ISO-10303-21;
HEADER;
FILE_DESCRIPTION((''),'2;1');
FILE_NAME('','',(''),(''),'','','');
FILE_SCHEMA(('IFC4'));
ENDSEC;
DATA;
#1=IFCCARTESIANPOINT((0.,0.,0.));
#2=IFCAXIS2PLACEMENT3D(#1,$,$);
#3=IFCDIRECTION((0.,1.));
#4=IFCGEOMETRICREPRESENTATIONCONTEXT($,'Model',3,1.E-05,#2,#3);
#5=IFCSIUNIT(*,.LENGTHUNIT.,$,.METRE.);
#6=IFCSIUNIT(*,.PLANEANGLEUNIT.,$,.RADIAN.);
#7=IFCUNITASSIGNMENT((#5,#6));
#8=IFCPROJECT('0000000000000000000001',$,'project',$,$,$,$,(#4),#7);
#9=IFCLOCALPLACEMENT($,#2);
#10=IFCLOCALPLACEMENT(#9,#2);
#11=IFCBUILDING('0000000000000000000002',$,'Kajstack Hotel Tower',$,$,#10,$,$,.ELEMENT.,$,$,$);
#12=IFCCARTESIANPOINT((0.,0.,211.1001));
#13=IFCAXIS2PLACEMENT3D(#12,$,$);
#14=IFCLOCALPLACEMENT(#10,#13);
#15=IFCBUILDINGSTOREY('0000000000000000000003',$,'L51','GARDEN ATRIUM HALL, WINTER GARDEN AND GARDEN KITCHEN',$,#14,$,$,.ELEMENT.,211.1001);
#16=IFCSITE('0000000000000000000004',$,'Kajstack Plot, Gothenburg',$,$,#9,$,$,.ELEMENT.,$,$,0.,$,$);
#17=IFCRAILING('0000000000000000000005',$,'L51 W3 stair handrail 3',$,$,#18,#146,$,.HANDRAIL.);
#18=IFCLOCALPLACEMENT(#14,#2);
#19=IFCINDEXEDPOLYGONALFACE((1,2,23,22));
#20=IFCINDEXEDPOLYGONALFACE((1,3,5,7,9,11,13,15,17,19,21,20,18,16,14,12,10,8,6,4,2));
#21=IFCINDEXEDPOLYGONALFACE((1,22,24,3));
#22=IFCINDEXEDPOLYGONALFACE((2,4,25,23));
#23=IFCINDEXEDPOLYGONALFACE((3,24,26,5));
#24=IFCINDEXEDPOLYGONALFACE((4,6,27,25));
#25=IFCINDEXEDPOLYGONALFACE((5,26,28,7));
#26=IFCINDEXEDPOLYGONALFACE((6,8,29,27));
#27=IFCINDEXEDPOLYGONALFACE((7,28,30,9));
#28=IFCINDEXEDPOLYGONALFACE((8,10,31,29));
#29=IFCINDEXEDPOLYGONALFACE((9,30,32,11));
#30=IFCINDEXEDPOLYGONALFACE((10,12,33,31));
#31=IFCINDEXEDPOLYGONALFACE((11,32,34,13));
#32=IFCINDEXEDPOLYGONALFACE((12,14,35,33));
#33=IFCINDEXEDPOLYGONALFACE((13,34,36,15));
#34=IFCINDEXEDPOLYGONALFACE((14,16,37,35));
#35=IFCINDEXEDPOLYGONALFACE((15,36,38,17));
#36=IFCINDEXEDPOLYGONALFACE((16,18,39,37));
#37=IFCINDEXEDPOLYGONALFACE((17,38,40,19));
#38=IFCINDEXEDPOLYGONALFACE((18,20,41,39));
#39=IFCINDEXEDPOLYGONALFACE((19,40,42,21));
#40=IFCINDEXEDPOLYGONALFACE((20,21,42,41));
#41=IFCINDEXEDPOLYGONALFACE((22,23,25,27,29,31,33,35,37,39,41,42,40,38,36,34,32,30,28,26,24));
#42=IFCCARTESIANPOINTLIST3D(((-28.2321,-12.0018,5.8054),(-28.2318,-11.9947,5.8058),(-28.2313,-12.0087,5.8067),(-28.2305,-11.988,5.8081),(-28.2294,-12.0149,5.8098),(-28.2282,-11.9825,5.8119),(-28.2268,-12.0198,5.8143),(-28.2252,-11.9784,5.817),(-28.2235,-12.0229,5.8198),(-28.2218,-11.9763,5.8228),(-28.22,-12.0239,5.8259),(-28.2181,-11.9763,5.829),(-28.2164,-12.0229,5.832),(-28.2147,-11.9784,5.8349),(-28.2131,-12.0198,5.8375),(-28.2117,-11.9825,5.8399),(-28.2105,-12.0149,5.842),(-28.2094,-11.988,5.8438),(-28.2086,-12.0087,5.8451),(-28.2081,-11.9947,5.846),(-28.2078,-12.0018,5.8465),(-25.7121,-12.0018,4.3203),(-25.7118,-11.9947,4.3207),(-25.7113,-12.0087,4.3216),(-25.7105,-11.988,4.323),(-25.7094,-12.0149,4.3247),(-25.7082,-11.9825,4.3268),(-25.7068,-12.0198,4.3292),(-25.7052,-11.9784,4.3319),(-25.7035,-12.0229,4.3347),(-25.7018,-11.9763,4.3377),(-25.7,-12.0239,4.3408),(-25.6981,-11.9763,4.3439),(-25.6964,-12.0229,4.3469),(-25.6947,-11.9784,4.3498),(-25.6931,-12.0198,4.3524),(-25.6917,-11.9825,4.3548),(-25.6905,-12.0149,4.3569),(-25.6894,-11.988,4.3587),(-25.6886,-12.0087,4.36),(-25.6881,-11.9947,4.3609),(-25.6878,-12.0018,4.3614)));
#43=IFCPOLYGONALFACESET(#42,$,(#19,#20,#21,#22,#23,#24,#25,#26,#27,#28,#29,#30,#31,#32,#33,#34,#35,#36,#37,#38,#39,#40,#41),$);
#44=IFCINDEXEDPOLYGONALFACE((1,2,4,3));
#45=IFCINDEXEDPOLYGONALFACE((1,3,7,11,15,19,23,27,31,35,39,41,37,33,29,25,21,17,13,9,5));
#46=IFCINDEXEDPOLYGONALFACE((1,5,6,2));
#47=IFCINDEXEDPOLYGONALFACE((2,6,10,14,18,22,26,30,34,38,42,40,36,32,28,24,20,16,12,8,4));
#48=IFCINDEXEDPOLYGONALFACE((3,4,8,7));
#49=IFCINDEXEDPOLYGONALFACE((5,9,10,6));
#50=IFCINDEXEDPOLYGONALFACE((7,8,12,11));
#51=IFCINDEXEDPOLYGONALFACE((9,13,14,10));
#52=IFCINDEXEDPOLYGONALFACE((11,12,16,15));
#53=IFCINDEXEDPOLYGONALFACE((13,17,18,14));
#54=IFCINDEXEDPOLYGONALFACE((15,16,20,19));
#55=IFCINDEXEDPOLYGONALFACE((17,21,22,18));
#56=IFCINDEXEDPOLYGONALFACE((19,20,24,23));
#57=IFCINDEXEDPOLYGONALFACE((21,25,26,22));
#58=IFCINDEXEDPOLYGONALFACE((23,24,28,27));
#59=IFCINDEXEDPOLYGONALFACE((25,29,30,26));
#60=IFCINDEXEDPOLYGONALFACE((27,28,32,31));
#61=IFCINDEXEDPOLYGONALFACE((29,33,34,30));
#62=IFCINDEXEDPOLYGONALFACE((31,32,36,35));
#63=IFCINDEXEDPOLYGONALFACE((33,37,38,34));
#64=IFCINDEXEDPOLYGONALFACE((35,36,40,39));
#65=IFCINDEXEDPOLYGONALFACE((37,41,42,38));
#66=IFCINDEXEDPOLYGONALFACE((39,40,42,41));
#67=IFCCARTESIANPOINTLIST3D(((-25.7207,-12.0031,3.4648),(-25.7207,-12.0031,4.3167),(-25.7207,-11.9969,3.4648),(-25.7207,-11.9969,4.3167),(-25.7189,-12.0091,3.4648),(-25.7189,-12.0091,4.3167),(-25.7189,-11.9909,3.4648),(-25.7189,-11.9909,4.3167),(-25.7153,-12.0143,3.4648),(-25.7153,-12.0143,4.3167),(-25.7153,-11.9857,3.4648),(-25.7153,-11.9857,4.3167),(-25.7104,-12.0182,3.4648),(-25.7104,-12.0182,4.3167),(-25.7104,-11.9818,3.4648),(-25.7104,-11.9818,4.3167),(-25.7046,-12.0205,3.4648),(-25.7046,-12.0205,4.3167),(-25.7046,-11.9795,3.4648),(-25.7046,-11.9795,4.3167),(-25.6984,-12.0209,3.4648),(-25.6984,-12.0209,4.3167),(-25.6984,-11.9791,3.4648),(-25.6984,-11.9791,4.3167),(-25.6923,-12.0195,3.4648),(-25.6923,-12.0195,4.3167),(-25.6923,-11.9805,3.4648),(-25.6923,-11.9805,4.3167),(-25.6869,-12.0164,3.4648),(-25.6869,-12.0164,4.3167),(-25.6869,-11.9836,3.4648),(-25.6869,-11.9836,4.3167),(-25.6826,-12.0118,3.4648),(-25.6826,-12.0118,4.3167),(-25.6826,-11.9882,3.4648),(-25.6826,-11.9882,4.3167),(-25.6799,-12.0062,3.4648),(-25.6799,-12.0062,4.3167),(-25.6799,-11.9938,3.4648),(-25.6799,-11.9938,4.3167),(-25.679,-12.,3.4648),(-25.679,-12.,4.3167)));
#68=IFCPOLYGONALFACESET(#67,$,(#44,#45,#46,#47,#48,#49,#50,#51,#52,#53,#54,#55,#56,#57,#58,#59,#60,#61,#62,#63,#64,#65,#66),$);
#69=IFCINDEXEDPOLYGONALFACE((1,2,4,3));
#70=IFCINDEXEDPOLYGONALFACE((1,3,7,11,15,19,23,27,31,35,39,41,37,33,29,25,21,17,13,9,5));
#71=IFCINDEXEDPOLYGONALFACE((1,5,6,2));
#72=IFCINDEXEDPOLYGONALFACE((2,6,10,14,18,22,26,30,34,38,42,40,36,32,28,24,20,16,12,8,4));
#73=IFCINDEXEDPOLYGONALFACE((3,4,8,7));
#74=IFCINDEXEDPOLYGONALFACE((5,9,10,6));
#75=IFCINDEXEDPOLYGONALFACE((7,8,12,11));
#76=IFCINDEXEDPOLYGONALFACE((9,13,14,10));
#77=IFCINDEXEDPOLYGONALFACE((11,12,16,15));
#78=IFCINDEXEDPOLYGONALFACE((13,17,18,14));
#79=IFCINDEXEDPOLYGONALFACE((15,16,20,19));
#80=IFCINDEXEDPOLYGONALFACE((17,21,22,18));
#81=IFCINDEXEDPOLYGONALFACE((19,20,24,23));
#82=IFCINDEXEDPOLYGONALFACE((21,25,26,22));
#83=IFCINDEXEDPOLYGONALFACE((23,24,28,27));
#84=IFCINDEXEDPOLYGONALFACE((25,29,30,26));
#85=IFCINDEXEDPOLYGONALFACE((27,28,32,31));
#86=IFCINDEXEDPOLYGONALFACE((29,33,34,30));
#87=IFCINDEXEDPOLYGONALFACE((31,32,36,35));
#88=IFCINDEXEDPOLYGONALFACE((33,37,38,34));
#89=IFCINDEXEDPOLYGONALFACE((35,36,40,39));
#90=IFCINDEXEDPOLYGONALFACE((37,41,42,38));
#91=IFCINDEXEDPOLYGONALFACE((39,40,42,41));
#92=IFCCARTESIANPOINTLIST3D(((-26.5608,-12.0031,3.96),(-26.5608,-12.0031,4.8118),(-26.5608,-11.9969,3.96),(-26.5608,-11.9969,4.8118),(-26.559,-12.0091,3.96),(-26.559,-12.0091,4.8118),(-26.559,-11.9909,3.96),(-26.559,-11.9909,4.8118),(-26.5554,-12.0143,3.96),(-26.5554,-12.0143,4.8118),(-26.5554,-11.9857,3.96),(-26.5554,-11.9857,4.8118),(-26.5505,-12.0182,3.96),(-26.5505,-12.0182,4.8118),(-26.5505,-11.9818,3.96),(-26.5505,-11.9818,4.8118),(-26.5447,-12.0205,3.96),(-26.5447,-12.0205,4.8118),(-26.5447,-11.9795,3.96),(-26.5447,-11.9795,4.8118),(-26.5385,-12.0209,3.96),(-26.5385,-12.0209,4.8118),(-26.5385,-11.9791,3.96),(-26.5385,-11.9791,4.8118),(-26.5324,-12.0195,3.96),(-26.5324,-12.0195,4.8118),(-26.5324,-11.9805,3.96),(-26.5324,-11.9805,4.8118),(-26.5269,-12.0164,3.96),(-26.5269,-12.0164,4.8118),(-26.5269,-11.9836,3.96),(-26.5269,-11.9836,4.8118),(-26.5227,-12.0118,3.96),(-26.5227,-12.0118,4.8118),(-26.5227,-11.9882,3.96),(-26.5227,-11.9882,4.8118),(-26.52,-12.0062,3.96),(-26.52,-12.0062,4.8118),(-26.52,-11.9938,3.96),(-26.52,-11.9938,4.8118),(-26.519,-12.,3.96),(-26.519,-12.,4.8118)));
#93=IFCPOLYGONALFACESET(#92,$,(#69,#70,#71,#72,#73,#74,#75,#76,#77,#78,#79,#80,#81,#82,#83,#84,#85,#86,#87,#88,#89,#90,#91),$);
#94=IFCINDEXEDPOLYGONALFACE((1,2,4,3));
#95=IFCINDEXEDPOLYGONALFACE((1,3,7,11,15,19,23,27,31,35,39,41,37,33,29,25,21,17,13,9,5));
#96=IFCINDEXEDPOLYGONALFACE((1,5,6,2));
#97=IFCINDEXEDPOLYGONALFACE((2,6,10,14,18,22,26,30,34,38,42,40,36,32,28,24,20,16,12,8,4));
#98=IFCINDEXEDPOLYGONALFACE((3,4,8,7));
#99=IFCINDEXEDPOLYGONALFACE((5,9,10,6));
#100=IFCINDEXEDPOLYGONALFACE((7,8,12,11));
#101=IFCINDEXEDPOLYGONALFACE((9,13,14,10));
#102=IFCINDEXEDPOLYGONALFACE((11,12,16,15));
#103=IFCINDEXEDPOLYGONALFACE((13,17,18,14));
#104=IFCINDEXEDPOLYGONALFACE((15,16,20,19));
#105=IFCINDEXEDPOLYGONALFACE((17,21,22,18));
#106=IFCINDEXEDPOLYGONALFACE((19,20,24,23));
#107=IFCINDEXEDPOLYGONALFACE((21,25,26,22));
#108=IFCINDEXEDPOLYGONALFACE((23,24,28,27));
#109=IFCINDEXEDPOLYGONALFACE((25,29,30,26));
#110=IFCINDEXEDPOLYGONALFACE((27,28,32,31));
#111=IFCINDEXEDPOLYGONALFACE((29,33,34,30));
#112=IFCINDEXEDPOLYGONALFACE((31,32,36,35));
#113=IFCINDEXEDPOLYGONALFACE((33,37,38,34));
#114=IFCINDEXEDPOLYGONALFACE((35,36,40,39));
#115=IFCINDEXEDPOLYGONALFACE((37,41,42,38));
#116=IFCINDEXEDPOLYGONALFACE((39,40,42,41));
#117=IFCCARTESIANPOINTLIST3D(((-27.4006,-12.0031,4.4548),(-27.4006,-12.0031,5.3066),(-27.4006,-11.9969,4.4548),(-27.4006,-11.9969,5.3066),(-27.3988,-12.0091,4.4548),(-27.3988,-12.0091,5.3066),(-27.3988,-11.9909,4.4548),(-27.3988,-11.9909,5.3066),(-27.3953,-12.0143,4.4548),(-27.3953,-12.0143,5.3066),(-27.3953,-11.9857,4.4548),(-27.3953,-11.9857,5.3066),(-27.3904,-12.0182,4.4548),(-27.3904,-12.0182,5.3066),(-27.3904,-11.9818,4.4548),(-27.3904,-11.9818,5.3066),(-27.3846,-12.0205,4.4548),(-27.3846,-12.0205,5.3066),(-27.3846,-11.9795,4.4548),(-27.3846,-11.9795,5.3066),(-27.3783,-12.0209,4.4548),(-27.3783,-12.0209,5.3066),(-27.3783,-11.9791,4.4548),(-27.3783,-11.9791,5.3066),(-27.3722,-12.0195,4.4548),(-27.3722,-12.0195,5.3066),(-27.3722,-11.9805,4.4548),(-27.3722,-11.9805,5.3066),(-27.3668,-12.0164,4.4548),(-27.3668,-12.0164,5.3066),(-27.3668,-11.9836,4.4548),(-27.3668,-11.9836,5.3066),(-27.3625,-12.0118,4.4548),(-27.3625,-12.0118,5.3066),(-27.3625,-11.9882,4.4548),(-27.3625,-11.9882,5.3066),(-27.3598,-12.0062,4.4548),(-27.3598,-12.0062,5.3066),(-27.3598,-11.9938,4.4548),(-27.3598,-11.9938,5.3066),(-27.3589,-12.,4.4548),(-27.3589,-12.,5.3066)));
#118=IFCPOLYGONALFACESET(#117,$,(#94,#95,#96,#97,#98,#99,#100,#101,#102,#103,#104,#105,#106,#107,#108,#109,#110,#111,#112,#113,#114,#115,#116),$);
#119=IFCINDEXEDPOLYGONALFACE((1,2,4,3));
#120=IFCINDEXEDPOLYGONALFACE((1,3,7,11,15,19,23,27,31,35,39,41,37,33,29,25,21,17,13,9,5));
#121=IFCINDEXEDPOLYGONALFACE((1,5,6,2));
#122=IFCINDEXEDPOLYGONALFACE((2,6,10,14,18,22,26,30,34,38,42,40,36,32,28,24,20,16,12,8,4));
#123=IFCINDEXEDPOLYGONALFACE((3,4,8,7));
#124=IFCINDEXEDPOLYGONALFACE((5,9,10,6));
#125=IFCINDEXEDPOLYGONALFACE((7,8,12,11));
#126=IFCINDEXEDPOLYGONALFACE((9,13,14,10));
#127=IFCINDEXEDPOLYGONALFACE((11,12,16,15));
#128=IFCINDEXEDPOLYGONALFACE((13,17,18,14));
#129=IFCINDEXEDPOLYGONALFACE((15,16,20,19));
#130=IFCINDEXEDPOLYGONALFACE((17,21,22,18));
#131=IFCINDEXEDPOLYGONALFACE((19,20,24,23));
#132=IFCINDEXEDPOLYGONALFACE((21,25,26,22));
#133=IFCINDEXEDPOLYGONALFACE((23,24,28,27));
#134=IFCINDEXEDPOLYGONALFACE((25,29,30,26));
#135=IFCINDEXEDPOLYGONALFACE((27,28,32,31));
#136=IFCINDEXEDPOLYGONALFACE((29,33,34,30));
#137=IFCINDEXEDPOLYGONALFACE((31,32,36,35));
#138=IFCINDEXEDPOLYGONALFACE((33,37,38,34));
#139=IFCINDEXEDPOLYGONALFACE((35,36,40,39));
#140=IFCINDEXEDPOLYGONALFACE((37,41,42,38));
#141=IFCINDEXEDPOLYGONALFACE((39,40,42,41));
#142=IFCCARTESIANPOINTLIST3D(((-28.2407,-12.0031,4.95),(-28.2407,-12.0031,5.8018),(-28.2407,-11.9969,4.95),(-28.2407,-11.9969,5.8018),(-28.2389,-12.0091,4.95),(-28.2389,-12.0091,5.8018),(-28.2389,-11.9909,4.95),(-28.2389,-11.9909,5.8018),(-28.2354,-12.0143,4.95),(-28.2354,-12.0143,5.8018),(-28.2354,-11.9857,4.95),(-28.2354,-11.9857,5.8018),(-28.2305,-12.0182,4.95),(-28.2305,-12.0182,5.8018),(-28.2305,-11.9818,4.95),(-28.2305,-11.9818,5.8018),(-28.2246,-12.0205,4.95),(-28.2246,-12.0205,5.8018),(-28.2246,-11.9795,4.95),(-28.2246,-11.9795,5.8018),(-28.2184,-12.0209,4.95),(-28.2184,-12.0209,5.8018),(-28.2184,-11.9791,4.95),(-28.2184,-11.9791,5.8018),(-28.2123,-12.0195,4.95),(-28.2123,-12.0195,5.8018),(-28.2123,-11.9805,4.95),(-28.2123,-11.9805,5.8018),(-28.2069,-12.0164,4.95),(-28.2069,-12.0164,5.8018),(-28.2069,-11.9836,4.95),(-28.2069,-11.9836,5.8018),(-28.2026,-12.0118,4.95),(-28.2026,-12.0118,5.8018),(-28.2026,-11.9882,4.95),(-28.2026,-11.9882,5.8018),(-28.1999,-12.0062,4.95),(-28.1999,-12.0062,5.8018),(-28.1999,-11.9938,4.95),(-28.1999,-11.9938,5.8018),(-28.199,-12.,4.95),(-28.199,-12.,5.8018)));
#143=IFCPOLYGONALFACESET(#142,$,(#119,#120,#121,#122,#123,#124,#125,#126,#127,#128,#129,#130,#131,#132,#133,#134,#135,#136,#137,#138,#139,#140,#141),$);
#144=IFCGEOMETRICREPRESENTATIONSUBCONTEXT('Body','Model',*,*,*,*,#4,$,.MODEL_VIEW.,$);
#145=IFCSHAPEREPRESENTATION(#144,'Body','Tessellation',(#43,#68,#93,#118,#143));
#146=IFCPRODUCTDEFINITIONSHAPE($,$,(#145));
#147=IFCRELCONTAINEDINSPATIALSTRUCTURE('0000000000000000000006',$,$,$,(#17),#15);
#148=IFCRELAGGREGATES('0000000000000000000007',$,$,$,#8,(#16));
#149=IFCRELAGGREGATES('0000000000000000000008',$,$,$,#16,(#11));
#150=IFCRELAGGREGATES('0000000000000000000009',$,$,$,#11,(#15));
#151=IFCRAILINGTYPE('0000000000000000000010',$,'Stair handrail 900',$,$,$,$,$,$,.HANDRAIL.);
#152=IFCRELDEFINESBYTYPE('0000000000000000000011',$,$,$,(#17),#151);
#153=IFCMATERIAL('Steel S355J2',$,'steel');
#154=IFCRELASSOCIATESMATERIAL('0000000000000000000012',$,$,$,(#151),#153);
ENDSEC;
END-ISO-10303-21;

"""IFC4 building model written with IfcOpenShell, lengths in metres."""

from ifc_helpers import new_model, si_unit, direction, frame, origin, origin_2d, place, context, subcontext, project, spatial, circle, extrude, material, type_object, element, save


model = new_model("IFC4")

# Units and contexts
model_context = context("Model", 3, precision=1e-05, world=origin(), true_north=direction((0.0, 1.0)))
body_context = subcontext(model_context, "Body", "Model", "MODEL_VIEW")
ifc_project = project(units=[si_unit("LENGTHUNIT", "METRE"), si_unit("PLANEANGLEUNIT", "RADIAN")], contexts=[model_context])

# Site, building, storey
site_placement = place(None, origin())
site = spatial("IfcSite", under=ifc_project, at=site_placement, Name="Kajstack Plot, Gothenburg", CompositionType="ELEMENT", RefElevation=0.0)
building_placement = place(site_placement, origin())
building = spatial("IfcBuilding", under=site, at=building_placement, Name="Kajstack Hotel Tower", CompositionType="ELEMENT")
storey_placement = place(building_placement, frame((0.0, 0.0, 211.1001)))
storey = spatial("IfcBuildingStorey", under=building, at=storey_placement, Name="L51", Description="GARDEN ATRIUM HALL, WINTER GARDEN AND GARDEN KITCHEN", CompositionType="ELEMENT", Elevation=211.1001)

# Railing
ifc_material_1 = material(Name="Steel S355J2", Category="steel")
railing_type = type_object("IfcRailingType", Name="Stair handrail 900", PredefinedType="HANDRAIL", material=ifc_material_1)
for number, where, name in (
    (1, (-25.7, -12.0, 3.4648), "L51 W3 stair handrail 3"),
):
    element("IfcRailing", number, at=place(storey_placement, frame(where)), inside=storey, type_object=railing_type, Name=name, PredefinedType="HANDRAIL", context=body_context, shape_type="SweptSolid", body=[
        extrude(circle(Radius=0.0239, at=origin_2d()), frame((0.0, 0.0, 0.876), z_axis=(-0.861524, 0.0, 0.507717), x_axis=(0.0, -1.0, 0.0)), (0.0, 0.0, 1.0), 2.925),
        extrude(circle(Radius=0.021, at=origin_2d()), origin(), (0.0, 0.0, 1.0), 0.8518),
        extrude(circle(Radius=0.021, at=origin_2d()), frame((-0.8401, 0.0, 0.4951)), (0.0, 0.0, 1.0), 0.8518),
        extrude(circle(Radius=0.021, at=origin_2d()), frame((-1.6799, 0.0, 0.99)), (0.0, 0.0, 1.0), 0.8518),
        extrude(circle(Radius=0.021, at=origin_2d()), frame((-2.52, 0.0, 1.4851)), (0.0, 0.0, 1.0), 0.8518),
    ])

save(model, "model.ifc")
